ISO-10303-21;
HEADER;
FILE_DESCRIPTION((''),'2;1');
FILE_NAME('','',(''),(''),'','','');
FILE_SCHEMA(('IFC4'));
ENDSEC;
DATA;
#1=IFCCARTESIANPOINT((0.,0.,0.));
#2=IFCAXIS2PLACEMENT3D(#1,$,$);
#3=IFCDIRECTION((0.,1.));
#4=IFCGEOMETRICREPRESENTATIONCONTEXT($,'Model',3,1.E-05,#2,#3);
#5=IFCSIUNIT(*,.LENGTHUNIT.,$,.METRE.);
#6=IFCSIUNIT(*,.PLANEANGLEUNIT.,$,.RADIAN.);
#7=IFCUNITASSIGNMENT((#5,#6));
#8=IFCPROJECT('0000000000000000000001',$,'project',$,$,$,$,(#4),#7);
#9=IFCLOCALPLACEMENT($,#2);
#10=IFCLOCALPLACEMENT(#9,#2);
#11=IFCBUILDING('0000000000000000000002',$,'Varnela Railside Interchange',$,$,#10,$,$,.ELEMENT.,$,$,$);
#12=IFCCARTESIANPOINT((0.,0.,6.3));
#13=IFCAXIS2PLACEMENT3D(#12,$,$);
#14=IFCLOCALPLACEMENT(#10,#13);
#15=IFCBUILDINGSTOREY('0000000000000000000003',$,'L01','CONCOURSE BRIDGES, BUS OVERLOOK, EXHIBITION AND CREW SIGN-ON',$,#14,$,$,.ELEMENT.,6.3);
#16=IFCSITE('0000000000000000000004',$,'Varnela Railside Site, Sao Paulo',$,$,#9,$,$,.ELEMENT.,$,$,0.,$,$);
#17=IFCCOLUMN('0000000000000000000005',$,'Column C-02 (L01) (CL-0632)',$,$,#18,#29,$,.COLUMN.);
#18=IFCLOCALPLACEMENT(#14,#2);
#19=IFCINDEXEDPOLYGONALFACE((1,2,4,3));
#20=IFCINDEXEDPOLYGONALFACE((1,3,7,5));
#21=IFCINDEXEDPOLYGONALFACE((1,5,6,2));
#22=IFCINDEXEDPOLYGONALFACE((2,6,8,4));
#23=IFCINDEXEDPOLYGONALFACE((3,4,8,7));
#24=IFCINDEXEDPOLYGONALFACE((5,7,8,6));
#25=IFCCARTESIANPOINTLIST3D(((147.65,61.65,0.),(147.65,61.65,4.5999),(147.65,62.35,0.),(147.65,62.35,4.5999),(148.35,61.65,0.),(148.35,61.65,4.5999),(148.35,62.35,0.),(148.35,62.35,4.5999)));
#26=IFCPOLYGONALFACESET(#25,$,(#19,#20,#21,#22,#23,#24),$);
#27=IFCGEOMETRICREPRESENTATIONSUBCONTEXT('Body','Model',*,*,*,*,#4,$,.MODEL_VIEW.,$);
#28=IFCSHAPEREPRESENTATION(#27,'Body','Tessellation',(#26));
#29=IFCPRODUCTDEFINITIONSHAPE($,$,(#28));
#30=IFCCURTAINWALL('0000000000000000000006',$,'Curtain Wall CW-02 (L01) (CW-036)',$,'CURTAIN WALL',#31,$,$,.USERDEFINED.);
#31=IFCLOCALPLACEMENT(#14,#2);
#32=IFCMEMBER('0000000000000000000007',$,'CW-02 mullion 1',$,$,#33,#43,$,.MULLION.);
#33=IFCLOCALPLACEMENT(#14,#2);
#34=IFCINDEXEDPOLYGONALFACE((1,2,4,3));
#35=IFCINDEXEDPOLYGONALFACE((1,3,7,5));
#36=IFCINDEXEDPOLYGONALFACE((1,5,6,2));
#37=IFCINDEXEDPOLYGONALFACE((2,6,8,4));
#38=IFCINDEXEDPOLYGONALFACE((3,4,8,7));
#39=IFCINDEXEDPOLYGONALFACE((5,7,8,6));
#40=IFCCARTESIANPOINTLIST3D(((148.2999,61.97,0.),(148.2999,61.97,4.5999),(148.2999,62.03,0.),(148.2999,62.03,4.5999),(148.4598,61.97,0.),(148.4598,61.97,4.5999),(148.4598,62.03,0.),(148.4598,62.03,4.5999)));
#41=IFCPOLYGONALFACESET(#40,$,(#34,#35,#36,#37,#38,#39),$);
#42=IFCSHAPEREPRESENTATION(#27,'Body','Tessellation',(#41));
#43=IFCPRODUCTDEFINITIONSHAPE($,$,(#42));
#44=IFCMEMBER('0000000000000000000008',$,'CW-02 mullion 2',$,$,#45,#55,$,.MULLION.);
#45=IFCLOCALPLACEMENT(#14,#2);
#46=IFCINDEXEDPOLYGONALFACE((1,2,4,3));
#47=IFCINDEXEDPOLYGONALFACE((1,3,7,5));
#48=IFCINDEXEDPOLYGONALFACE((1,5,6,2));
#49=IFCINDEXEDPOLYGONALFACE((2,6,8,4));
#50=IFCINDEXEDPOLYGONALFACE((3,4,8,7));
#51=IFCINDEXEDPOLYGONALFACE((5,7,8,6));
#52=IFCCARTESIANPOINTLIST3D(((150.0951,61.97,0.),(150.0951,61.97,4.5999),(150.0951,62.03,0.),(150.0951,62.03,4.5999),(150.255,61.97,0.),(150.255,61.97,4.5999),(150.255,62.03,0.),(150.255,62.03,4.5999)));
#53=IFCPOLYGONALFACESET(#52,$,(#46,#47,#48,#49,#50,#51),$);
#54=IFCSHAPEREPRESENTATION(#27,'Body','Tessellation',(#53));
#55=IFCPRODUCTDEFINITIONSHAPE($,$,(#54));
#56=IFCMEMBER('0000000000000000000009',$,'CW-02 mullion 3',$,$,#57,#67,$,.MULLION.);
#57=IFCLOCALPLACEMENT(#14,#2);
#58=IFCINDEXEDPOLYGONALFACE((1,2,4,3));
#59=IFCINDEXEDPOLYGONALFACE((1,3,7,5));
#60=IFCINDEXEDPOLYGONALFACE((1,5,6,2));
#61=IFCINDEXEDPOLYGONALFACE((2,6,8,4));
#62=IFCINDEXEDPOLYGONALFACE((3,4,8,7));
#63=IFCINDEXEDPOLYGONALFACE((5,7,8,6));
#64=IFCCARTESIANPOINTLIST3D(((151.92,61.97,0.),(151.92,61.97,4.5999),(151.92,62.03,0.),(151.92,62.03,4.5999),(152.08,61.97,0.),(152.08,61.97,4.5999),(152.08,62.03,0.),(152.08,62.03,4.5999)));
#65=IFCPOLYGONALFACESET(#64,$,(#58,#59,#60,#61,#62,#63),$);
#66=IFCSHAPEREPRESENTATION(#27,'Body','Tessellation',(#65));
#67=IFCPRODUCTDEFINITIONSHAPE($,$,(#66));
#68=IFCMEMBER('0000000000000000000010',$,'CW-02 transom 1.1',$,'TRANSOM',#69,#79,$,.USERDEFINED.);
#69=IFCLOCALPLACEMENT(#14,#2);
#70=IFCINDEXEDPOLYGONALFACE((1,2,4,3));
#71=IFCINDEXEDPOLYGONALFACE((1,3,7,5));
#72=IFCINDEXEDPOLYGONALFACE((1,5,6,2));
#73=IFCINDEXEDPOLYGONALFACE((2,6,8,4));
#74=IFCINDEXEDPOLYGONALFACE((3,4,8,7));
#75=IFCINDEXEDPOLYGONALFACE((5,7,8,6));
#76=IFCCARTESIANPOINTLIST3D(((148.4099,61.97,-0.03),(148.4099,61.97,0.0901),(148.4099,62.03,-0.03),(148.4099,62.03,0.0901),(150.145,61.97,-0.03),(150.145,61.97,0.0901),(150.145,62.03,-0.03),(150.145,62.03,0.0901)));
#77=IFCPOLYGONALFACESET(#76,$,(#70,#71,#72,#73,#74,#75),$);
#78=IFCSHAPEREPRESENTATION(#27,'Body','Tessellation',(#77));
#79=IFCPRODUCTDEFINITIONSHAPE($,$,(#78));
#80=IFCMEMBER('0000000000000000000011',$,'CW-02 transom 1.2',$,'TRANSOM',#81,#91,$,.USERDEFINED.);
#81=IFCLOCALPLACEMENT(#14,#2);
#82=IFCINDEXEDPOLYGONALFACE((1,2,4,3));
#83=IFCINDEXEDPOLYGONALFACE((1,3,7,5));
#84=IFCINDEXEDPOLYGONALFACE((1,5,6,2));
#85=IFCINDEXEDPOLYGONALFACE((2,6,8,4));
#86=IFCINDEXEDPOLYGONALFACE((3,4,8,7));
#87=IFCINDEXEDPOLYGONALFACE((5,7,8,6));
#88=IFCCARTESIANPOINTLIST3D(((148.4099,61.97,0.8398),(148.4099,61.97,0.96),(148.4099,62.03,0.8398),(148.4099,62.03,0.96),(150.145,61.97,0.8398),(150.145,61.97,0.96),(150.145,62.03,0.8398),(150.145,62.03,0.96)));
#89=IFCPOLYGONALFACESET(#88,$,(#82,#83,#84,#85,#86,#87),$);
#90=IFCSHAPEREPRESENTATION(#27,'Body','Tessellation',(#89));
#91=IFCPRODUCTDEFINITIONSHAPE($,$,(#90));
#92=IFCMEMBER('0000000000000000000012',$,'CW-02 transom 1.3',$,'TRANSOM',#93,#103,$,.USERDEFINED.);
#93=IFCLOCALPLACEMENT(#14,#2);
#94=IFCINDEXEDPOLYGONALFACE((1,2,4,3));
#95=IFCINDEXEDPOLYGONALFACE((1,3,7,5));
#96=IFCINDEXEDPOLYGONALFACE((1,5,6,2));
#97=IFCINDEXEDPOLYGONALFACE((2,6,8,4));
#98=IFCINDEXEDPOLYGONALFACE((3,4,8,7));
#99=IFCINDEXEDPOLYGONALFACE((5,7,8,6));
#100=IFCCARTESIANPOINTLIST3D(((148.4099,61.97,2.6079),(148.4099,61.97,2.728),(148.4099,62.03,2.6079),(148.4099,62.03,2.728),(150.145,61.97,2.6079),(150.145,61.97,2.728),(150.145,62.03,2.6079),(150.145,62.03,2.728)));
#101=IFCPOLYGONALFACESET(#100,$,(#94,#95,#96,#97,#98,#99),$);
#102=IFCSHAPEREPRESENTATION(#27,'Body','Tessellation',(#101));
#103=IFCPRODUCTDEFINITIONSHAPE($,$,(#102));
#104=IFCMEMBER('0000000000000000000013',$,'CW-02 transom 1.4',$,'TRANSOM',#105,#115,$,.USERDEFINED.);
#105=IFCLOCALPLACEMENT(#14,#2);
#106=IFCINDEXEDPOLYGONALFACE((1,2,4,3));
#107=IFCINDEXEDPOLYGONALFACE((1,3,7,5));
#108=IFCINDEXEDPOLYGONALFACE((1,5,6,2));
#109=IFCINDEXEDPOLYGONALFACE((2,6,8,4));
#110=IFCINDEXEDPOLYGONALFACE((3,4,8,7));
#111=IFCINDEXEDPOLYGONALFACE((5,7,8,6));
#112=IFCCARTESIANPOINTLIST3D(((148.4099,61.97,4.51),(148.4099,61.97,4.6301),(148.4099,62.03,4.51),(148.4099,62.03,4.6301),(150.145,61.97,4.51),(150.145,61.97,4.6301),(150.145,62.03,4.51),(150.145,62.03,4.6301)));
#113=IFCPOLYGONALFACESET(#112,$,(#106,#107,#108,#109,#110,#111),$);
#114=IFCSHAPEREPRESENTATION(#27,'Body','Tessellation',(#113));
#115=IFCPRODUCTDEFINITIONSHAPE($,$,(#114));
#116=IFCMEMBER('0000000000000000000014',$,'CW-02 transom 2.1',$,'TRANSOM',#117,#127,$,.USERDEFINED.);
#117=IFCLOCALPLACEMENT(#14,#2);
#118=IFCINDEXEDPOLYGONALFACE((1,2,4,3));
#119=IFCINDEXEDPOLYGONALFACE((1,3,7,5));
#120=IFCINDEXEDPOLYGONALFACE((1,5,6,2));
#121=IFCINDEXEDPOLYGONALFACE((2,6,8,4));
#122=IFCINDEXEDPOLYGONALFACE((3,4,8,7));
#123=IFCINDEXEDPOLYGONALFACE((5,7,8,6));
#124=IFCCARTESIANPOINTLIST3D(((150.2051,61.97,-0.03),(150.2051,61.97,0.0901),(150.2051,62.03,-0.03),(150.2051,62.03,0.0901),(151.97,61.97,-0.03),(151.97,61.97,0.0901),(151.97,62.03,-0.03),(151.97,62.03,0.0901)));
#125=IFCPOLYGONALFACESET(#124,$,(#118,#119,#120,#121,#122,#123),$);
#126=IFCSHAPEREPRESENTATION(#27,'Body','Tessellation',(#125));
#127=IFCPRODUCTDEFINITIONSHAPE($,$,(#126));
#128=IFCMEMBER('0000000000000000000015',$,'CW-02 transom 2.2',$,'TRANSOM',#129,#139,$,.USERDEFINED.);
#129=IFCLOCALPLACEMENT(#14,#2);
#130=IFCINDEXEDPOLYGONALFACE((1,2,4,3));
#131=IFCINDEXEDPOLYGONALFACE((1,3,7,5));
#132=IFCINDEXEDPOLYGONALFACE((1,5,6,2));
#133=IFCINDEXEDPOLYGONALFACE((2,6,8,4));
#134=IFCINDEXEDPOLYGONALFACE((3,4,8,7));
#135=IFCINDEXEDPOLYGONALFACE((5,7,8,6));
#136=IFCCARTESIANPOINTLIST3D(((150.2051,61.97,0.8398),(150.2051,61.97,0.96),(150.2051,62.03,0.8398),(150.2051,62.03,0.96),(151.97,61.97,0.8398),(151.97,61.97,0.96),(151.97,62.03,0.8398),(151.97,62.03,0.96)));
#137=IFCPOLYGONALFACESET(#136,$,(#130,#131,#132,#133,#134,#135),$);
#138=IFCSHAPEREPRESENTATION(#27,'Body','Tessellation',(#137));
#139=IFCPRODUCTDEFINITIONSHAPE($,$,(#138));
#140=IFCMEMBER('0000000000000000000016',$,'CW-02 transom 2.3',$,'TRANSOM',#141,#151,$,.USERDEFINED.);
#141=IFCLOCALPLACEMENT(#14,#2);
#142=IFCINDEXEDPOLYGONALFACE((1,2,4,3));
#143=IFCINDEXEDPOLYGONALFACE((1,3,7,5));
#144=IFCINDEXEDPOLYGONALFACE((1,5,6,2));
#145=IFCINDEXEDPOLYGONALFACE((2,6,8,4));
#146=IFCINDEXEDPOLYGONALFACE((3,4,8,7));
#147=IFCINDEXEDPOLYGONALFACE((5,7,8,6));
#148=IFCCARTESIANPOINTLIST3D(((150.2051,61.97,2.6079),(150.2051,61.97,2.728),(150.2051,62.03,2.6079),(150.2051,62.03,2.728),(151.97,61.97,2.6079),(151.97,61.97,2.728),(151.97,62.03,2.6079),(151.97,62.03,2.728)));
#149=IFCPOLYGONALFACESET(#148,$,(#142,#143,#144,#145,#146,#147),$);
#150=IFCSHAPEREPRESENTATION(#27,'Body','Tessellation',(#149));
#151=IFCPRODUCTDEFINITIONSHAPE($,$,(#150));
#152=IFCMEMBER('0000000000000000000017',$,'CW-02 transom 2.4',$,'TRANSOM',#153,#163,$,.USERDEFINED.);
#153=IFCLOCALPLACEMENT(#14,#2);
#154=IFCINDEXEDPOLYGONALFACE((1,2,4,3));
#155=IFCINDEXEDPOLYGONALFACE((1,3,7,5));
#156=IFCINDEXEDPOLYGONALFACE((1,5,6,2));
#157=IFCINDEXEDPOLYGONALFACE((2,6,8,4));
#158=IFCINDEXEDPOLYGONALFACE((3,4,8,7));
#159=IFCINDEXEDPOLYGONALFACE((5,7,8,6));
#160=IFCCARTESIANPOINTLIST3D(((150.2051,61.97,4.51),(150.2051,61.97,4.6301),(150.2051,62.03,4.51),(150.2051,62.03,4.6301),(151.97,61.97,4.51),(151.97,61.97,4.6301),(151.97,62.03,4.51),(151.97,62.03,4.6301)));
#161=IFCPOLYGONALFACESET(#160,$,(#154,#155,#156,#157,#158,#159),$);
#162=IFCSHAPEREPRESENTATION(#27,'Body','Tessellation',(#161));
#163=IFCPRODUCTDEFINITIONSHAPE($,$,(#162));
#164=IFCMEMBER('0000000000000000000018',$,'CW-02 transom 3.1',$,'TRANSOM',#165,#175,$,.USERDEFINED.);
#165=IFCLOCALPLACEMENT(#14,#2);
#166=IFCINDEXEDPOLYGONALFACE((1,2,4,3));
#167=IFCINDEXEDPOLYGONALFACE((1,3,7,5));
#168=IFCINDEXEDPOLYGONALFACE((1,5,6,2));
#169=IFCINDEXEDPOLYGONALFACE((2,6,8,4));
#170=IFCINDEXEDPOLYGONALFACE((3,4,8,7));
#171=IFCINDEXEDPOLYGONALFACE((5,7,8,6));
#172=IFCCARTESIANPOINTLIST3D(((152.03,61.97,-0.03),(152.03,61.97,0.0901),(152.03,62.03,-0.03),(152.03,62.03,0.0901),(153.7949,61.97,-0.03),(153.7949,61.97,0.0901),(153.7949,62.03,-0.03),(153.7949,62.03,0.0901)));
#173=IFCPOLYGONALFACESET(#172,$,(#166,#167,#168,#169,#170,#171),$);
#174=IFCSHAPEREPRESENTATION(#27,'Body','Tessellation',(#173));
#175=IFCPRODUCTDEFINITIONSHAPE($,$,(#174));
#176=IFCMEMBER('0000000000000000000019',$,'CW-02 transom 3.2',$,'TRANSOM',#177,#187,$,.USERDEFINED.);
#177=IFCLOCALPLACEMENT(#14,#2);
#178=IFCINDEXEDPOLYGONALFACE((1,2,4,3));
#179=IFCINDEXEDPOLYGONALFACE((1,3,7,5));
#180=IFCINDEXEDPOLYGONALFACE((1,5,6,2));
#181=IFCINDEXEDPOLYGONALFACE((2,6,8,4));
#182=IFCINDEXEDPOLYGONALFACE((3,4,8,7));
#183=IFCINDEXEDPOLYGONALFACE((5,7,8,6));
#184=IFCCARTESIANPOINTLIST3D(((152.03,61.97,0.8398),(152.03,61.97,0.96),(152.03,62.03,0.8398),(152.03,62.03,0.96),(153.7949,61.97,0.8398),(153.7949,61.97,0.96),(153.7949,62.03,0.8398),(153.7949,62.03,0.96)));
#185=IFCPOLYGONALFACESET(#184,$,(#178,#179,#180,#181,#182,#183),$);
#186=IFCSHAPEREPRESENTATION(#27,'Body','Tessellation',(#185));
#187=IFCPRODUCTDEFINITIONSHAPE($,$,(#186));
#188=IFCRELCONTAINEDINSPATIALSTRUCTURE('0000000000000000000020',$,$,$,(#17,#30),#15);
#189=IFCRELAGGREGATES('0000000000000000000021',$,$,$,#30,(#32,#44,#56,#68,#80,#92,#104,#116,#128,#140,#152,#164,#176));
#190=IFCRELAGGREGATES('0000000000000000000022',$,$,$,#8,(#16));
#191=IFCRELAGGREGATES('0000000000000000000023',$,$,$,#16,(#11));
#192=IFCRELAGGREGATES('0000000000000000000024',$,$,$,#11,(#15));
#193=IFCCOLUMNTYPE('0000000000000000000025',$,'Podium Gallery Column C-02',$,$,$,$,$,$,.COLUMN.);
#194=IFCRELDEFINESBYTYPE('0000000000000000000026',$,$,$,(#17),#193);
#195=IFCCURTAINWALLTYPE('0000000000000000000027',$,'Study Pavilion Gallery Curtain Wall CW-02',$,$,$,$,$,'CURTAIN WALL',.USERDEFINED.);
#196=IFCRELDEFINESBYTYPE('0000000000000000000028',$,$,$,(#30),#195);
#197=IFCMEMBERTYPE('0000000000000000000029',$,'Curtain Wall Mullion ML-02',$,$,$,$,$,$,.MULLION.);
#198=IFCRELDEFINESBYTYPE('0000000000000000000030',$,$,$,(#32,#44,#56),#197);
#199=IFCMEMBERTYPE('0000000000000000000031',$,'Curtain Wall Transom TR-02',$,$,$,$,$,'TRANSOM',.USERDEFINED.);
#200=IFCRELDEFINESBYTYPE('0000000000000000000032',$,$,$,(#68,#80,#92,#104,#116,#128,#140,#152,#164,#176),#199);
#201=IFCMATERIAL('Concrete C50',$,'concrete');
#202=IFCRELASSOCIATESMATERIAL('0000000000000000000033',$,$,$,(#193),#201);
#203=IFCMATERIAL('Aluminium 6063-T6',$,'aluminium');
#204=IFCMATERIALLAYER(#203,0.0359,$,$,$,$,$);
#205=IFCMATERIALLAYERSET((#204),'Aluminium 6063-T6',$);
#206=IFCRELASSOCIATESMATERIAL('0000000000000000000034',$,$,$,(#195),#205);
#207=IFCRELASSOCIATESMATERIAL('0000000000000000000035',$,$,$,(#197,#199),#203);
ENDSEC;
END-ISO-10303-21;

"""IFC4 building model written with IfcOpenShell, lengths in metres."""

from ifc_helpers import new_model, si_unit, direction, frame, origin, origin_2d, place, context, subcontext, project, spatial, rectangle, extrude, material, layer, layer_set, material_profile, profile_set, type_object, element, aggregate, save


model = new_model("IFC4")

# Units and contexts
model_context = context("Model", 3, precision=1e-05, world=origin(), true_north=direction((0.0, 1.0)))
body_context = subcontext(model_context, "Body", "Model", "MODEL_VIEW")
ifc_project = project(units=[si_unit("LENGTHUNIT", "METRE"), si_unit("PLANEANGLEUNIT", "RADIAN")], contexts=[model_context])

# Site, building, storey
site_placement = place(None, origin())
site = spatial("IfcSite", under=ifc_project, at=site_placement, Name="Varnela Railside Site, Sao Paulo", CompositionType="ELEMENT", RefElevation=0.0)
building_placement = place(site_placement, origin())
building = spatial("IfcBuilding", under=site, at=building_placement, Name="Varnela Railside Interchange", CompositionType="ELEMENT")
storey_placement = place(building_placement, frame((0.0, 0.0, 6.3)))
storey = spatial("IfcBuildingStorey", under=building, at=storey_placement, Name="L01", Description="CONCOURSE BRIDGES, BUS OVERLOOK, EXHIBITION AND CREW SIGN-ON", CompositionType="ELEMENT", Elevation=6.3)

# Column
ifc_material_1 = material(Name="Concrete C50", Category="concrete")
ifc_material_profile_1 = material_profile(ifc_material_1, rectangle(XDim=0.7, YDim=0.7, at=origin_2d()), Name="RC 700x700")
ifc_profile_set_1 = profile_set([ifc_material_profile_1], Name="Concrete C50")
column_type = type_object("IfcColumnType", Name="Podium Gallery Column C-02", PredefinedType="COLUMN", material=ifc_profile_set_1)
column_placement = place(storey_placement, frame((148.0, 62.0, 0.0), z_axis=(0.0, 0.0, 1.0), x_axis=(1.0, 0.0, 0.0)))
element("IfcColumn", 1, at=column_placement, inside=storey, type_object=column_type, Name="Column C-02 (L01) (CL-0632)", PredefinedType="COLUMN", context=body_context, shape_type="SweptSolid", body=[
    extrude(rectangle(XDim=0.7, YDim=0.7, at=origin_2d()), origin(), (0.0, 0.0, 1.0), 4.5999),
])

# Curtain wall, members
ifc_material_2 = material(Name="Aluminium 6063-T6", Category="aluminium")
ifc_layer_1 = layer(ifc_material_2, 0.0359)
ifc_layer_set_1 = layer_set([ifc_layer_1], Name="Aluminium 6063-T6")
curtain_wall_type = type_object("IfcCurtainWallType", Name="Study Pavilion Gallery Curtain Wall CW-02", ElementType="CURTAIN WALL", PredefinedType="USERDEFINED", material=ifc_layer_set_1)
curtain_wall_placement = place(storey_placement, origin())
curtain_wall = element("IfcCurtainWall", 2, at=curtain_wall_placement, inside=storey, type_object=curtain_wall_type, Name="Curtain Wall CW-02 (L01) (CW-036)", ObjectType="CURTAIN WALL", PredefinedType="USERDEFINED")
ifc_material_profile_2 = material_profile(ifc_material_2, rectangle(XDim=0.0601, YDim=0.1599, at=origin_2d()), Name="ALU 60x160")
ifc_profile_set_2 = profile_set([ifc_material_profile_2], Name="Aluminium 6063-T6")
member_type_1 = type_object("IfcMemberType", Name="Curtain Wall Mullion ML-02", PredefinedType="MULLION", material=ifc_profile_set_2)
member_1_placement = place(storey_placement, frame((148.3799, 62.0, 0.0), z_axis=(0.0, 0.0, 1.0), x_axis=(0.0, 1.0, 0.0)))
member_1 = element("IfcMember", 3, at=member_1_placement, type_object=member_type_1, Name="CW-02 mullion 1", PredefinedType="MULLION", context=body_context, shape_type="SweptSolid", body=[
    extrude(rectangle(XDim=0.0601, YDim=0.1599, at=origin_2d()), origin(), (0.0, 0.0, 1.0), 4.5999),
])
member_2_placement = place(storey_placement, frame((150.175, 62.0, 0.0), z_axis=(0.0, 0.0, 1.0), x_axis=(0.0, 1.0, 0.0)))
member_2 = element("IfcMember", 4, at=member_2_placement, type_object=member_type_1, Name="CW-02 mullion 2", PredefinedType="MULLION", context=body_context, shape_type="SweptSolid", body=[
    extrude(rectangle(XDim=0.0601, YDim=0.1599, at=origin_2d()), origin(), (0.0, 0.0, 1.0), 4.5999),
])
member_3_placement = place(storey_placement, frame((152.0, 62.0, 0.0), z_axis=(0.0, 0.0, 1.0), x_axis=(0.0, 1.0, 0.0)))
member_3 = element("IfcMember", 5, at=member_3_placement, type_object=member_type_1, Name="CW-02 mullion 3", PredefinedType="MULLION", context=body_context, shape_type="SweptSolid", body=[
    extrude(rectangle(XDim=0.0601, YDim=0.1599, at=origin_2d()), origin(), (0.0, 0.0, 1.0), 4.5999),
])
ifc_material_profile_3 = material_profile(ifc_material_2, rectangle(XDim=0.0601, YDim=0.1201, at=origin_2d()), Name="ALU 60x120")
ifc_profile_set_3 = profile_set([ifc_material_profile_3], Name="Aluminium 6063-T6")
member_type_2 = type_object("IfcMemberType", Name="Curtain Wall Transom TR-02", ElementType="TRANSOM", PredefinedType="USERDEFINED", material=ifc_profile_set_3)
member_4_placement = place(storey_placement, frame((148.4099, 62.0, 0.03), z_axis=(1.0, 0.0, 0.0), x_axis=(0.0, 1.0, 0.0)))
member_4 = element("IfcMember", 6, at=member_4_placement, type_object=member_type_2, Name="CW-02 transom 1.1", ObjectType="TRANSOM", PredefinedType="USERDEFINED", context=body_context, shape_type="SweptSolid", body=[
    extrude(rectangle(XDim=0.0601, YDim=0.1201, at=origin_2d()), origin(), (0.0, 0.0, 1.0), 1.7351),
])
member_5_placement = place(storey_placement, frame((148.4099, 62.0, 0.8999), z_axis=(1.0, 0.0, 0.0), x_axis=(0.0, 1.0, 0.0)))
member_5 = element("IfcMember", 7, at=member_5_placement, type_object=member_type_2, Name="CW-02 transom 1.2", ObjectType="TRANSOM", PredefinedType="USERDEFINED", context=body_context, shape_type="SweptSolid", body=[
    extrude(rectangle(XDim=0.0601, YDim=0.1201, at=origin_2d()), origin(), (0.0, 0.0, 1.0), 1.7351),
])
member_6_placement = place(storey_placement, frame((148.4099, 62.0, 2.668), z_axis=(1.0, 0.0, 0.0), x_axis=(0.0, 1.0, 0.0)))
member_6 = element("IfcMember", 8, at=member_6_placement, type_object=member_type_2, Name="CW-02 transom 1.3", ObjectType="TRANSOM", PredefinedType="USERDEFINED", context=body_context, shape_type="SweptSolid", body=[
    extrude(rectangle(XDim=0.0601, YDim=0.1201, at=origin_2d()), origin(), (0.0, 0.0, 1.0), 1.7351),
])
member_7_placement = place(storey_placement, frame((148.4099, 62.0, 4.5701), z_axis=(1.0, 0.0, 0.0), x_axis=(0.0, 1.0, 0.0)))
member_7 = element("IfcMember", 9, at=member_7_placement, type_object=member_type_2, Name="CW-02 transom 1.4", ObjectType="TRANSOM", PredefinedType="USERDEFINED", context=body_context, shape_type="SweptSolid", body=[
    extrude(rectangle(XDim=0.0601, YDim=0.1201, at=origin_2d()), origin(), (0.0, 0.0, 1.0), 1.7351),
])
member_8_placement = place(storey_placement, frame((150.2051, 62.0, 0.03), z_axis=(1.0, 0.0, 0.0), x_axis=(0.0, 1.0, 0.0)))
member_8 = element("IfcMember", 10, at=member_8_placement, type_object=member_type_2, Name="CW-02 transom 2.1", ObjectType="TRANSOM", PredefinedType="USERDEFINED", context=body_context, shape_type="SweptSolid", body=[
    extrude(rectangle(XDim=0.0601, YDim=0.1201, at=origin_2d()), origin(), (0.0, 0.0, 1.0), 1.7649),
])
member_9_placement = place(storey_placement, frame((150.2051, 62.0, 0.8999), z_axis=(1.0, 0.0, 0.0), x_axis=(0.0, 1.0, 0.0)))
member_9 = element("IfcMember", 11, at=member_9_placement, type_object=member_type_2, Name="CW-02 transom 2.2", ObjectType="TRANSOM", PredefinedType="USERDEFINED", context=body_context, shape_type="SweptSolid", body=[
    extrude(rectangle(XDim=0.0601, YDim=0.1201, at=origin_2d()), origin(), (0.0, 0.0, 1.0), 1.7649),
])
member_10_placement = place(storey_placement, frame((150.2051, 62.0, 2.668), z_axis=(1.0, 0.0, 0.0), x_axis=(0.0, 1.0, 0.0)))
member_10 = element("IfcMember", 12, at=member_10_placement, type_object=member_type_2, Name="CW-02 transom 2.3", ObjectType="TRANSOM", PredefinedType="USERDEFINED", context=body_context, shape_type="SweptSolid", body=[
    extrude(rectangle(XDim=0.0601, YDim=0.1201, at=origin_2d()), origin(), (0.0, 0.0, 1.0), 1.7649),
])
member_11_placement = place(storey_placement, frame((150.2051, 62.0, 4.5701), z_axis=(1.0, 0.0, 0.0), x_axis=(0.0, 1.0, 0.0)))
member_11 = element("IfcMember", 13, at=member_11_placement, type_object=member_type_2, Name="CW-02 transom 2.4", ObjectType="TRANSOM", PredefinedType="USERDEFINED", context=body_context, shape_type="SweptSolid", body=[
    extrude(rectangle(XDim=0.0601, YDim=0.1201, at=origin_2d()), origin(), (0.0, 0.0, 1.0), 1.7649),
])
member_12_placement = place(storey_placement, frame((152.03, 62.0, 0.03), z_axis=(1.0, 0.0, 0.0), x_axis=(0.0, 1.0, 0.0)))
member_12 = element("IfcMember", 14, at=member_12_placement, type_object=member_type_2, Name="CW-02 transom 3.1", ObjectType="TRANSOM", PredefinedType="USERDEFINED", context=body_context, shape_type="SweptSolid", body=[
    extrude(rectangle(XDim=0.0601, YDim=0.1201, at=origin_2d()), origin(), (0.0, 0.0, 1.0), 1.7649),
])
member_13_placement = place(storey_placement, frame((152.03, 62.0, 0.8999), z_axis=(1.0, 0.0, 0.0), x_axis=(0.0, 1.0, 0.0)))
member_13 = element("IfcMember", 15, at=member_13_placement, type_object=member_type_2, Name="CW-02 transom 3.2", ObjectType="TRANSOM", PredefinedType="USERDEFINED", context=body_context, shape_type="SweptSolid", body=[
    extrude(rectangle(XDim=0.0601, YDim=0.1201, at=origin_2d()), origin(), (0.0, 0.0, 1.0), 1.7649),
])

aggregate(curtain_wall, [member_1, member_2, member_3, member_4, member_5, member_6, member_7, member_8, member_9, member_10, member_11, member_12, member_13])

save(model, "model.ifc")
